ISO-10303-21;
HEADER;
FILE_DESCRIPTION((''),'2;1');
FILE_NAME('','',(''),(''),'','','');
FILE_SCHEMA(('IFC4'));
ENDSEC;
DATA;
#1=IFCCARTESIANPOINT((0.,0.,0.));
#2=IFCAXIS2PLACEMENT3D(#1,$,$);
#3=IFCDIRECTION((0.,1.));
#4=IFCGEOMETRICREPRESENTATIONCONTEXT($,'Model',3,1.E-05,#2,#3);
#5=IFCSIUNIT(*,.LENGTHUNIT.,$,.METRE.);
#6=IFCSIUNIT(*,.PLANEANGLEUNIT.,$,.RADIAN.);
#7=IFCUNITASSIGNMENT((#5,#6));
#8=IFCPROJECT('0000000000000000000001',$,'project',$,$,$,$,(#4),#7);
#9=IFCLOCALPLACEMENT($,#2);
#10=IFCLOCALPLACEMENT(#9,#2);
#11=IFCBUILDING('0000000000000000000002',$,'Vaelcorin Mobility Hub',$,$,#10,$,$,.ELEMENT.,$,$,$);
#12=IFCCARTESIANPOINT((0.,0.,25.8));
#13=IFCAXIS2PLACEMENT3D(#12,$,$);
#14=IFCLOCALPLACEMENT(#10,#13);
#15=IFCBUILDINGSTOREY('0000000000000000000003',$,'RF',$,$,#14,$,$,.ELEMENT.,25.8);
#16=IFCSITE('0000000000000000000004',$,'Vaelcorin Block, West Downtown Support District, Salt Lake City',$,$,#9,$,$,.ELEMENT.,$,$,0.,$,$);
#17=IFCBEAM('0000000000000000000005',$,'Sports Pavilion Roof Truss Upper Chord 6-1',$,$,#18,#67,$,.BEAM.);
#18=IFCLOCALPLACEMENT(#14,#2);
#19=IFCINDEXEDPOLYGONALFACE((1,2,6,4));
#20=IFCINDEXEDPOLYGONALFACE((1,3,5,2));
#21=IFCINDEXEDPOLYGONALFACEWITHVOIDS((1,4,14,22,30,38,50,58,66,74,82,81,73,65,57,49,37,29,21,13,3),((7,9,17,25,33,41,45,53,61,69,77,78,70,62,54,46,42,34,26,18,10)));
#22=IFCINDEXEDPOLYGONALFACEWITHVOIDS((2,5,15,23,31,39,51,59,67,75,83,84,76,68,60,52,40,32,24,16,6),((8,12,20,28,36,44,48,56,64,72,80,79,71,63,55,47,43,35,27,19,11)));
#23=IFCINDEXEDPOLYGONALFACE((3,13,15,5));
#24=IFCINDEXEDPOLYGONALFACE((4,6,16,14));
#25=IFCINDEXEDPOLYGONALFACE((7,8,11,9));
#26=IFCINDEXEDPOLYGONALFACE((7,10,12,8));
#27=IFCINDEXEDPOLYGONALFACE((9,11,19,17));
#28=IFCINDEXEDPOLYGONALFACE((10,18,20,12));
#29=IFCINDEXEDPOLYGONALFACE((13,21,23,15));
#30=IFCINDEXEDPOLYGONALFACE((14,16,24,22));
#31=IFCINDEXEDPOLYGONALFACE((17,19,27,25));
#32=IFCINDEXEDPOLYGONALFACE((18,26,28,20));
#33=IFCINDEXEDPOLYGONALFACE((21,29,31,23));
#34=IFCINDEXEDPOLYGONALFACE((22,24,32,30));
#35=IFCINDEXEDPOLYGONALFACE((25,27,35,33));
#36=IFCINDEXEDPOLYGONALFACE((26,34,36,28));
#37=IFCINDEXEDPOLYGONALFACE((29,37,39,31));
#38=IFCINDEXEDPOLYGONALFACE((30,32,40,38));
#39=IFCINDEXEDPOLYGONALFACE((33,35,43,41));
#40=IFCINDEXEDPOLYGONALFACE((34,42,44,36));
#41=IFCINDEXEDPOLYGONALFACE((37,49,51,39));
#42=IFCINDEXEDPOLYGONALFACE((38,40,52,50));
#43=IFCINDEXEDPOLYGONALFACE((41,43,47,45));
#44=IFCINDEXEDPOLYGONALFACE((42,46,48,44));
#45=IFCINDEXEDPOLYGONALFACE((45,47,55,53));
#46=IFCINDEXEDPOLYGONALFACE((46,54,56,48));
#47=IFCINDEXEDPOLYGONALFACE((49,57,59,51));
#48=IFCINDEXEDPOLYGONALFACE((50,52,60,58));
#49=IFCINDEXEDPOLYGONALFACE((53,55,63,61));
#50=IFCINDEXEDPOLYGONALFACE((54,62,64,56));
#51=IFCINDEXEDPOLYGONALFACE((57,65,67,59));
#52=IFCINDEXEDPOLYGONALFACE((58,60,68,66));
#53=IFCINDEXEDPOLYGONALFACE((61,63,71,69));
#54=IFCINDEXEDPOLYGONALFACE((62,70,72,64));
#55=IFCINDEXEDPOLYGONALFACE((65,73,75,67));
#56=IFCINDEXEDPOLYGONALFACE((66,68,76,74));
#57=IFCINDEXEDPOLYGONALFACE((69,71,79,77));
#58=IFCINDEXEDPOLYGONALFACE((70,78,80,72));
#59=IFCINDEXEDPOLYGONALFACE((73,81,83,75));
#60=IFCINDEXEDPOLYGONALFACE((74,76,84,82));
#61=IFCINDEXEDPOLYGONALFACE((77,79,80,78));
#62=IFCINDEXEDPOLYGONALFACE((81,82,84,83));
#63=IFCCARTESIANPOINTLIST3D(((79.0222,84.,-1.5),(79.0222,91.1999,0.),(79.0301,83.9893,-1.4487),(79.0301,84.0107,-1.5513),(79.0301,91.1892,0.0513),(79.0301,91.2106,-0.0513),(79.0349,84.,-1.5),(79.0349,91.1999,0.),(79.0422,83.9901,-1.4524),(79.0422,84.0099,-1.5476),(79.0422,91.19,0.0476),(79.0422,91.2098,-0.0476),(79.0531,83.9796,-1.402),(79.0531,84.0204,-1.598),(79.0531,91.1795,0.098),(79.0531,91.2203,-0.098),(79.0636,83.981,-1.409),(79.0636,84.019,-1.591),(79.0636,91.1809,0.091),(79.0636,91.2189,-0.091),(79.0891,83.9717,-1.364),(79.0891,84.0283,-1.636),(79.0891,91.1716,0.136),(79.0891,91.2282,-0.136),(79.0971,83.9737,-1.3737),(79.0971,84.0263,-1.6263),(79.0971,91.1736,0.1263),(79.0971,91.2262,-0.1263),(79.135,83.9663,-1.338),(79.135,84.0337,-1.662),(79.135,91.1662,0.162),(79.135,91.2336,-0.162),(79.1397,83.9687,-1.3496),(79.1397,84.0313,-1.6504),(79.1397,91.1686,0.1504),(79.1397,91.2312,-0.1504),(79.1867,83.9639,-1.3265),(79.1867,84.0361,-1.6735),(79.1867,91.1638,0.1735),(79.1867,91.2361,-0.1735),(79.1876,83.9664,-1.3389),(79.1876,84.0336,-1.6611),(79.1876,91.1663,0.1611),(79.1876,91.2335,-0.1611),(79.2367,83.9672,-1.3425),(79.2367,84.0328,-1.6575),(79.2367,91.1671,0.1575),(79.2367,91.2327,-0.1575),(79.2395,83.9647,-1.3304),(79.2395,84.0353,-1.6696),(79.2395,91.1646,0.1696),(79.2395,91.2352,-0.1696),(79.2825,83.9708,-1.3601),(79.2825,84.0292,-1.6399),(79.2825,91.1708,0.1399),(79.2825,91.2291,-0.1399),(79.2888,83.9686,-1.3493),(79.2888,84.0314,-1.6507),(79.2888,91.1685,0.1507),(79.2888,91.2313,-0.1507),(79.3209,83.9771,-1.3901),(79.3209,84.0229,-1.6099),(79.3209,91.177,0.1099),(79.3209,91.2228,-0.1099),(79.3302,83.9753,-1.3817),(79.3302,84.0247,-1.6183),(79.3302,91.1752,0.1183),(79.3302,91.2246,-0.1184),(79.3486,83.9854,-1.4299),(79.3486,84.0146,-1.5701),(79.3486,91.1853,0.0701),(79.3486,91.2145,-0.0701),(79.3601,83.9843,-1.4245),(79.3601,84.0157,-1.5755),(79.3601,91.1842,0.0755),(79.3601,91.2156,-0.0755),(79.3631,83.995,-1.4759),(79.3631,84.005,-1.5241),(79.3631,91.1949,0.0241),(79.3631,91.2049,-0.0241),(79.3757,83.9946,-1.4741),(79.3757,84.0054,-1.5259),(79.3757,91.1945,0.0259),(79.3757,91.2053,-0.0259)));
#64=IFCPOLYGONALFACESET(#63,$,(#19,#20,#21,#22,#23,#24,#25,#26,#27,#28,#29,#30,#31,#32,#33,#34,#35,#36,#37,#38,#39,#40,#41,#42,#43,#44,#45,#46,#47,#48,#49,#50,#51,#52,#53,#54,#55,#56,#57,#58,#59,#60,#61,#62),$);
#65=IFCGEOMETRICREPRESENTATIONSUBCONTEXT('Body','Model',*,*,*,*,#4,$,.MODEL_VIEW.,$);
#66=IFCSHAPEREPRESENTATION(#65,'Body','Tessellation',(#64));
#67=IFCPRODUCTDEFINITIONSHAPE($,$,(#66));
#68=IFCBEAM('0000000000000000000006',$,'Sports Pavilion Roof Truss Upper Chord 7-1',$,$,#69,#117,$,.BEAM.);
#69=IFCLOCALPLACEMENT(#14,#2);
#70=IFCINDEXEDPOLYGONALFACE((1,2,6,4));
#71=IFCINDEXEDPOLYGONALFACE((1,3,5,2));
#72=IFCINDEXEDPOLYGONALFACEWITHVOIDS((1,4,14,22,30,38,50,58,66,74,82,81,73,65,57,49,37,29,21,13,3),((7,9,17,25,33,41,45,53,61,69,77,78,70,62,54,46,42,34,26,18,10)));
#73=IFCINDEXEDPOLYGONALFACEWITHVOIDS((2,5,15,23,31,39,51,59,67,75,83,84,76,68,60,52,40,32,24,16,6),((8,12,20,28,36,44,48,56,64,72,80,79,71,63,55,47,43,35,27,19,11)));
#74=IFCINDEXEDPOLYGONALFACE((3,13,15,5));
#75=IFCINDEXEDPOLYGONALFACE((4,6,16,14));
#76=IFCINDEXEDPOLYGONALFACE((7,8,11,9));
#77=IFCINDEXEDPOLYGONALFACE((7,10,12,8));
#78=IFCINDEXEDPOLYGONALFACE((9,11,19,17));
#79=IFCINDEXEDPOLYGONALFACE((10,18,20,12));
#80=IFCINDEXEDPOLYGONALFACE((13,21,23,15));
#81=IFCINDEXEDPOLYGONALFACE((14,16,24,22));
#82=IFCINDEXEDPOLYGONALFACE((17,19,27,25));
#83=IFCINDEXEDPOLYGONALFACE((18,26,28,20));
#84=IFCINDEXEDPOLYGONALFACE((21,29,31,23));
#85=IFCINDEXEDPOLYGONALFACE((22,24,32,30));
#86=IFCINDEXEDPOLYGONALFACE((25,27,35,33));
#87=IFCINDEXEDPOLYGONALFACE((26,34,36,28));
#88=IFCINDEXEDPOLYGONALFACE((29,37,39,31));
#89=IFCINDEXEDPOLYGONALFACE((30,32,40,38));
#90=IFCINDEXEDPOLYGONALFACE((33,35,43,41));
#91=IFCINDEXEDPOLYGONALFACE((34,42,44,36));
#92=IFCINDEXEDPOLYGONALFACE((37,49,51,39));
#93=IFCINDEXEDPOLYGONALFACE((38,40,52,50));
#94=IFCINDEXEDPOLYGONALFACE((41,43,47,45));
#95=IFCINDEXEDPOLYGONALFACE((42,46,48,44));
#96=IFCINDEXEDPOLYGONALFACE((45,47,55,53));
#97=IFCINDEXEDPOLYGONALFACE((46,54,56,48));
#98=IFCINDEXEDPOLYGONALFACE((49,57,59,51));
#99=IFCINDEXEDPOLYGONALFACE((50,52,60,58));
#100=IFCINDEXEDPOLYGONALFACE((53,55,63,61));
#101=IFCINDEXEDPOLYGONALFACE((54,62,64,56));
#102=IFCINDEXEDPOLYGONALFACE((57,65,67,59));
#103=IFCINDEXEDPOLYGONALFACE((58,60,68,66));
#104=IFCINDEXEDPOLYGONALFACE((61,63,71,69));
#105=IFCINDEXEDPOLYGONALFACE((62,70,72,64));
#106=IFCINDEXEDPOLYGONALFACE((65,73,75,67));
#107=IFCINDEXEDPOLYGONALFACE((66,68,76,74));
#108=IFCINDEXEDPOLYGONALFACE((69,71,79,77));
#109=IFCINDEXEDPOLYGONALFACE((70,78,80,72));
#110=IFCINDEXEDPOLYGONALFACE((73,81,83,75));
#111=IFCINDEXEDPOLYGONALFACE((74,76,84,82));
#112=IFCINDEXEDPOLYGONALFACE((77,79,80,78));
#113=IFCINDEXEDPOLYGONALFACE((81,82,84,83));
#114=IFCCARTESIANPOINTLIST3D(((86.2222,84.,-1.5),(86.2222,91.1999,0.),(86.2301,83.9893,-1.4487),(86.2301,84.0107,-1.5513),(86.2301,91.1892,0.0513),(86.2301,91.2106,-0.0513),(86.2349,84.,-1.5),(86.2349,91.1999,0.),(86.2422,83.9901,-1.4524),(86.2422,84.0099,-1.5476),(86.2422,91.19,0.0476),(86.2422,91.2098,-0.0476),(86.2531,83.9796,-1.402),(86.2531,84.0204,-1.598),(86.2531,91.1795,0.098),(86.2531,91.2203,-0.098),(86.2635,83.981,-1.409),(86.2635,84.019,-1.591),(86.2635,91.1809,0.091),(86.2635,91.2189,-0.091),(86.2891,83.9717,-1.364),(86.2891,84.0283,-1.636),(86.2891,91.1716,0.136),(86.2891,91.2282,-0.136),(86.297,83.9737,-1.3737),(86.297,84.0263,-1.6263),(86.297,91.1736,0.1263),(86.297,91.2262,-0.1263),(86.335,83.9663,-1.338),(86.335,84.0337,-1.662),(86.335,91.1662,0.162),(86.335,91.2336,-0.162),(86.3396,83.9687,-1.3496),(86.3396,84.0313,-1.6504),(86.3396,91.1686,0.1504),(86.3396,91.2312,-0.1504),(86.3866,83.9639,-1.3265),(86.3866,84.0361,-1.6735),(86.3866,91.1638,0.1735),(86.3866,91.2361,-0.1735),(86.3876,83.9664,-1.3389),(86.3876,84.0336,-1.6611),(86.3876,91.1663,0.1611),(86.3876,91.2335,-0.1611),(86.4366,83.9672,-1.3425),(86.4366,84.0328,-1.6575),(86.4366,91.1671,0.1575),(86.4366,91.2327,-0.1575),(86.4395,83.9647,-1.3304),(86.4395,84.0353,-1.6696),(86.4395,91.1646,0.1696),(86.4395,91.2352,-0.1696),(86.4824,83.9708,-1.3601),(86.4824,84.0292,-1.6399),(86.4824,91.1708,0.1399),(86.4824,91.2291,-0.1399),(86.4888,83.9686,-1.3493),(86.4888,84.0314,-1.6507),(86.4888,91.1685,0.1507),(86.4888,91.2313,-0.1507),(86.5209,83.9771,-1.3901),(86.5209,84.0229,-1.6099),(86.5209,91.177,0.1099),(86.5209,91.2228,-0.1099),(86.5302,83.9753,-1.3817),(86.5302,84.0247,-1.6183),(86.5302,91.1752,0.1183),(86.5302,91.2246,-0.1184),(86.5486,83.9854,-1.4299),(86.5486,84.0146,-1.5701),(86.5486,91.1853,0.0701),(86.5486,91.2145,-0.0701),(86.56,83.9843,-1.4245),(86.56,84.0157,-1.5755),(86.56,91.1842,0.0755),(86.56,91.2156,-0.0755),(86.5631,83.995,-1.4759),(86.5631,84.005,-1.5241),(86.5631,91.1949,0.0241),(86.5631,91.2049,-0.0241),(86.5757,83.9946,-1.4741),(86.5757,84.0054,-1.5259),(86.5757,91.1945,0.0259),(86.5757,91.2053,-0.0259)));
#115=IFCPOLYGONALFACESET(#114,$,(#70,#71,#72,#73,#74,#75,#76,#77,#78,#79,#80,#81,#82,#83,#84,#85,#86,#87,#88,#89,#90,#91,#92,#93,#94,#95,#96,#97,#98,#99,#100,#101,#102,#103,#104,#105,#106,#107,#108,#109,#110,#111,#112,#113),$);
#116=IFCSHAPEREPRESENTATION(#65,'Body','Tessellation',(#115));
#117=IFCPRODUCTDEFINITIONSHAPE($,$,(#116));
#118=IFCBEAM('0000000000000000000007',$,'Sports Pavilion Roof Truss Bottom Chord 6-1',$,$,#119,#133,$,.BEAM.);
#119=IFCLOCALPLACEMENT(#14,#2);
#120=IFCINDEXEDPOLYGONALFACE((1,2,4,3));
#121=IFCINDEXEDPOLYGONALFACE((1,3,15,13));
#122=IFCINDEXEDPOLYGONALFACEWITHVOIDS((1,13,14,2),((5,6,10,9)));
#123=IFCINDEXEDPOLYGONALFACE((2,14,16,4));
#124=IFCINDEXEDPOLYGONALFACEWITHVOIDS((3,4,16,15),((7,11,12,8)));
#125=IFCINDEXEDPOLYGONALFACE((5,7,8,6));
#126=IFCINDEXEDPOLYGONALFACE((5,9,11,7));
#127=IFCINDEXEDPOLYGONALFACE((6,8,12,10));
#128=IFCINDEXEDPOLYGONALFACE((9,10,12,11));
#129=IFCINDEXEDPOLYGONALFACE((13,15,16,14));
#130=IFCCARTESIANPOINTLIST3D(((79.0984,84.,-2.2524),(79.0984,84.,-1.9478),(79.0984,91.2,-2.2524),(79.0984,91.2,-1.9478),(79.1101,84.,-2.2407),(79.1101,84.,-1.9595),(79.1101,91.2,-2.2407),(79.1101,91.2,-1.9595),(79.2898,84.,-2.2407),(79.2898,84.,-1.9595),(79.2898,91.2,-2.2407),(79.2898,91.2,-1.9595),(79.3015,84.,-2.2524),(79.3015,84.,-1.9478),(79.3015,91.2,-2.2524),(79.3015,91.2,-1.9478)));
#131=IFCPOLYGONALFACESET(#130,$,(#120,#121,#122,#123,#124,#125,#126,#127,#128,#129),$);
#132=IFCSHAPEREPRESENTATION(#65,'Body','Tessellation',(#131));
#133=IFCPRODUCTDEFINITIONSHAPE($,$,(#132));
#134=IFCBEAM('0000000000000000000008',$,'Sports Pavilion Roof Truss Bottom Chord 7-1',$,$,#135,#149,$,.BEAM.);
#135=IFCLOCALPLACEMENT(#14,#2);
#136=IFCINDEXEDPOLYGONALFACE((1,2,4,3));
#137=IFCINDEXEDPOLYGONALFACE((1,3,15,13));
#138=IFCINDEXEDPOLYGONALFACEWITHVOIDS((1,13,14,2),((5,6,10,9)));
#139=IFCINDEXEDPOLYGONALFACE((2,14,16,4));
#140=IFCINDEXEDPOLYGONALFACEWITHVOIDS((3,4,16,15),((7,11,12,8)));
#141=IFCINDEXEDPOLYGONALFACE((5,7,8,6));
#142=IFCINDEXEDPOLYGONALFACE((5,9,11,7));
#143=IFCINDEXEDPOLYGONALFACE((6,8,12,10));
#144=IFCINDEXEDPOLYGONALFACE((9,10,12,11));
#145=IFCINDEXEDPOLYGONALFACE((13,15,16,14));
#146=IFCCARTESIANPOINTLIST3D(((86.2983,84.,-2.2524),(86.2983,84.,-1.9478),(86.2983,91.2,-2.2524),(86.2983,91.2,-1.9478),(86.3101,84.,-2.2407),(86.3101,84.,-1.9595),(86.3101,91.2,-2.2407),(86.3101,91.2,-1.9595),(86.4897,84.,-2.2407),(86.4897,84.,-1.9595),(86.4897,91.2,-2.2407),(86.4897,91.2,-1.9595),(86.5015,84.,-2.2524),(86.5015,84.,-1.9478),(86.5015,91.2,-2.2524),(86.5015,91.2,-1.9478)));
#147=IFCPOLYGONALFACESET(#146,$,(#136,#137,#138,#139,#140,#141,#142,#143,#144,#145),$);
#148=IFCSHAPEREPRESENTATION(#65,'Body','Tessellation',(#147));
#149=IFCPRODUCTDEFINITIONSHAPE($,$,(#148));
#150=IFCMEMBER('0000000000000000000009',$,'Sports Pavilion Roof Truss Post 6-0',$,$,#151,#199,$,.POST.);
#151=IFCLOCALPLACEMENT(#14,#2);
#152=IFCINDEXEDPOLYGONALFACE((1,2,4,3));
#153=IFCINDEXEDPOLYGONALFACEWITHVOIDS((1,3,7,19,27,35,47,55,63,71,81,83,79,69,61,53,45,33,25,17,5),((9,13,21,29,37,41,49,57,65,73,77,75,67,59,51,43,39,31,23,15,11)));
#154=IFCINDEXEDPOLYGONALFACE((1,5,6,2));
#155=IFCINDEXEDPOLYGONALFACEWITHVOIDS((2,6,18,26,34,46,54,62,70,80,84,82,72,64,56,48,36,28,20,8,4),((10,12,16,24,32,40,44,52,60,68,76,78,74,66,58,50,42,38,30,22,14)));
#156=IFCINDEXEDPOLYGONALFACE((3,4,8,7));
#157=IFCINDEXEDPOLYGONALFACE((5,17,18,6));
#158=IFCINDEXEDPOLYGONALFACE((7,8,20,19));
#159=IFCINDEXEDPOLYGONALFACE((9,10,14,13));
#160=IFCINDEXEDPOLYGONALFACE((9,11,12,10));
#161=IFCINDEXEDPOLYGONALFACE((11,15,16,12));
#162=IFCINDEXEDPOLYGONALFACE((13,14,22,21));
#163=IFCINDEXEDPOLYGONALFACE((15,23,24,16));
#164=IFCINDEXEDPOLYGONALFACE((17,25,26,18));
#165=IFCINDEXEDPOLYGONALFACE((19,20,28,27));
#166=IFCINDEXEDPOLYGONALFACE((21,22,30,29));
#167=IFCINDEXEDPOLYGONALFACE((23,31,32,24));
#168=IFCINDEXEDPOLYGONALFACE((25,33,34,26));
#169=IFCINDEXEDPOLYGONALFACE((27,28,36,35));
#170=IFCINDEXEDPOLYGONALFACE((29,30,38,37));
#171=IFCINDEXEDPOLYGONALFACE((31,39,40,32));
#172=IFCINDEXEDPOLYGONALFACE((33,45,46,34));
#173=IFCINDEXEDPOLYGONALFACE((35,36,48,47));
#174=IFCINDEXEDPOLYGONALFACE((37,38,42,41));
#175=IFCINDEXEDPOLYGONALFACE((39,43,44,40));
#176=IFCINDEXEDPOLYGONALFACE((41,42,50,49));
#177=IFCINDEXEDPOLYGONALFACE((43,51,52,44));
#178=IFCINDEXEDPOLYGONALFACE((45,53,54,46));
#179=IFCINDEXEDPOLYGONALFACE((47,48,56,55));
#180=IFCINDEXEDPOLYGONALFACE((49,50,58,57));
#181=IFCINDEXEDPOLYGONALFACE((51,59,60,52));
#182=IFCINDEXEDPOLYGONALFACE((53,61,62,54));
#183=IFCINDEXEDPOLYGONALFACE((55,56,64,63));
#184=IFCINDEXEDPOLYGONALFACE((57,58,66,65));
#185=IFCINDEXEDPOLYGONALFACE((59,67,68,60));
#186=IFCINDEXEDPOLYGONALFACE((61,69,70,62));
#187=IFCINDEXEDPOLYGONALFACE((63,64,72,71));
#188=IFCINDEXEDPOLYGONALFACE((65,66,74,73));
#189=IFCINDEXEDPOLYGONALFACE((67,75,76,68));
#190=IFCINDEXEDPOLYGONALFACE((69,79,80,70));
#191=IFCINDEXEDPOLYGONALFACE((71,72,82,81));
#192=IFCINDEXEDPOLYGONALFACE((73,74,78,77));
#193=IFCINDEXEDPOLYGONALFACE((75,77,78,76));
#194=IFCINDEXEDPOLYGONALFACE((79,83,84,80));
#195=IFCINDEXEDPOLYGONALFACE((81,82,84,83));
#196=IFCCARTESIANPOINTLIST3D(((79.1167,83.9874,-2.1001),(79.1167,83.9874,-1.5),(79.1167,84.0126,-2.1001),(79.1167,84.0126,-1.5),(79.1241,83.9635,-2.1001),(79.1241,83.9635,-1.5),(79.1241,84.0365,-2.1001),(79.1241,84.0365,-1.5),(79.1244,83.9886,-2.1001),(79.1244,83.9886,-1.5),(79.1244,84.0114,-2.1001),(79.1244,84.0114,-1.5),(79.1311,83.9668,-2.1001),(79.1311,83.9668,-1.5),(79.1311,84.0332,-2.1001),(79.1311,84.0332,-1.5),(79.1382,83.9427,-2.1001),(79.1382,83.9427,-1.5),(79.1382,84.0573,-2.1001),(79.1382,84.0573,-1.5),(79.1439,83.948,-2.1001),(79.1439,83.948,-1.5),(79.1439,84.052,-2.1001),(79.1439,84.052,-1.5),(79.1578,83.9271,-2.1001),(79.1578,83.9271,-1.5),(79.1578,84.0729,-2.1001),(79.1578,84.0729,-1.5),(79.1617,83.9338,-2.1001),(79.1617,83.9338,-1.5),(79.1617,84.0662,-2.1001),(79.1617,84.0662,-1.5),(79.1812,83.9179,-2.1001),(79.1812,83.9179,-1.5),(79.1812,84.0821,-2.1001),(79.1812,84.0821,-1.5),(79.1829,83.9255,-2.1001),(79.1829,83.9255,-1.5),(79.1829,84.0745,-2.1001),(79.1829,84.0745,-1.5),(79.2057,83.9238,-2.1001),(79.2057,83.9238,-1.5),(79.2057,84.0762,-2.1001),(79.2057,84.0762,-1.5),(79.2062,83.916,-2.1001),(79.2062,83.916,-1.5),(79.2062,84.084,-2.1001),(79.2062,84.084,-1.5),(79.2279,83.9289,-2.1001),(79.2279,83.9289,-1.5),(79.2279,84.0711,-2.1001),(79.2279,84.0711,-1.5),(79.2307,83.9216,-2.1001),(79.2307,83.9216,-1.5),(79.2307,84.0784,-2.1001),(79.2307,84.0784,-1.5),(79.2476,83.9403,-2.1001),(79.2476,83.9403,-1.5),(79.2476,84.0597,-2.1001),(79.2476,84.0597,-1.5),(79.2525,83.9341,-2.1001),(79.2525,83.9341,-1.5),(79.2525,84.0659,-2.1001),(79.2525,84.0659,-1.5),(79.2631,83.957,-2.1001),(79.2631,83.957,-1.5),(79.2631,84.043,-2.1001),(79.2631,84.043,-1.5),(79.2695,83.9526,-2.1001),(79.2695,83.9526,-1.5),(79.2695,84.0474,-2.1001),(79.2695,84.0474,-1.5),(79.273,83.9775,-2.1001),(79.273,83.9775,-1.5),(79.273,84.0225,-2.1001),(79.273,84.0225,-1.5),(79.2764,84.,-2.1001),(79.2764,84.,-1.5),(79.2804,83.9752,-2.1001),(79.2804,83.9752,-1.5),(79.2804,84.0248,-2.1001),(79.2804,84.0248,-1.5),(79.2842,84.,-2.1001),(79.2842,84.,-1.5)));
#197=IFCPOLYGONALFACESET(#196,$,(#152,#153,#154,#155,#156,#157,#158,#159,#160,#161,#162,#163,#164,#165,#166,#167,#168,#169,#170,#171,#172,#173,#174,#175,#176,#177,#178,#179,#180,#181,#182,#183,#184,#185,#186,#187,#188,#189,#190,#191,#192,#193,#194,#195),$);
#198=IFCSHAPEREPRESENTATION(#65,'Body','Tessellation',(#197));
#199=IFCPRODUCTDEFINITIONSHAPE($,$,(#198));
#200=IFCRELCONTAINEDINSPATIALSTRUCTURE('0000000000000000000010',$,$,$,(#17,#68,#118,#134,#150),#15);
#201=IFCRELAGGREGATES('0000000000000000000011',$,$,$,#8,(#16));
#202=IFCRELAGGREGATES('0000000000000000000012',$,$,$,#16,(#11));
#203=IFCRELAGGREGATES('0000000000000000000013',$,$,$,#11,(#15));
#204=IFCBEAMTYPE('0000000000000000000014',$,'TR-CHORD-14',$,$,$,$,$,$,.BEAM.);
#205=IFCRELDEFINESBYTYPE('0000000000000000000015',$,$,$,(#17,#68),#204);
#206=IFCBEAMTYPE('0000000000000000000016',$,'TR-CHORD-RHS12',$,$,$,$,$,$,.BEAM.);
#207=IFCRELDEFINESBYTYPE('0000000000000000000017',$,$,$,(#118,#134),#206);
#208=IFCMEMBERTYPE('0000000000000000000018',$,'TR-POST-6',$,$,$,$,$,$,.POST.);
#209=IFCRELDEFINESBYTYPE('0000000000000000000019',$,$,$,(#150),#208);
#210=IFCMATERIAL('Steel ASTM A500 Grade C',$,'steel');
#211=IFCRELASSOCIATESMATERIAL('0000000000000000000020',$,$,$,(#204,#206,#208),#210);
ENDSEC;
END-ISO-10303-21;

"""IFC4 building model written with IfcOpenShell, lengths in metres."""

from ifc_helpers import new_model, si_unit, direction, frame, origin, origin_2d, place, context, subcontext, project, spatial, hollow_rectangle, hollow_circle, extrude, material, material_profile, profile_set, type_object, element, save


model = new_model("IFC4")

# Units and contexts
model_context = context("Model", 3, precision=1e-05, world=origin(), true_north=direction((0.0, 1.0)))
body_context = subcontext(model_context, "Body", "Model", "MODEL_VIEW")
ifc_project = project(units=[si_unit("LENGTHUNIT", "METRE"), si_unit("PLANEANGLEUNIT", "RADIAN")], contexts=[model_context])

# Site, building, storey
site_placement = place(None, origin())
site = spatial("IfcSite", under=ifc_project, at=site_placement, Name="Vaelcorin Block, West Downtown Support District, Salt Lake City", CompositionType="ELEMENT", RefElevation=0.0)
building_placement = place(site_placement, origin())
building = spatial("IfcBuilding", under=site, at=building_placement, Name="Vaelcorin Mobility Hub", CompositionType="ELEMENT")
storey_placement = place(building_placement, frame((0.0, 0.0, 25.8)))
storey = spatial("IfcBuildingStorey", under=building, at=storey_placement, Name="RF", CompositionType="ELEMENT", Elevation=25.8)

# Shared definitions
ifc_material_1 = material(Name="Steel ASTM A500 Grade C", Category="steel")

# Beams
ifc_material_profile_1 = material_profile(ifc_material_1, hollow_circle(Radius=0.1777, WallThickness=0.0127, at=origin_2d()), Name="HSS14.000X0.500")
ifc_profile_set_1 = profile_set([ifc_material_profile_1], Name="Steel ASTM A500 Grade C")
beam_type_1 = type_object("IfcBeamType", Name="TR-CHORD-14", PredefinedType="BEAM", material=ifc_profile_set_1)
for number, where, z_axis, x_axis, name in (
    (1, (79.2, 84.0, -1.5), (0.0, 0.97898, 0.203956), (-1.0, 0.0, 0.0), "Sports Pavilion Roof Truss Upper Chord 6-1"),
    (2, (86.3999, 84.0, -1.5), (0.0, 0.97898, 0.203956), (-1.0, 0.0, 0.0), "Sports Pavilion Roof Truss Upper Chord 7-1"),
):
    element("IfcBeam", number, at=place(storey_placement, frame(where, z_axis=z_axis, x_axis=x_axis)), inside=storey, type_object=beam_type_1, Name=name, PredefinedType="BEAM", context=body_context, shape_type="SweptSolid", body=[
        extrude(hollow_circle(Radius=0.1777, WallThickness=0.0127, at=origin_2d()), origin(), (0.0, 0.0, 1.0), 7.3545),
    ])
ifc_material_profile_2 = material_profile(ifc_material_1, hollow_rectangle(XDim=0.2031, YDim=0.3047, WallThickness=0.0117, at=origin_2d()), Name="HSS12X8X0.500")
ifc_profile_set_2 = profile_set([ifc_material_profile_2], Name="Steel ASTM A500 Grade C")
beam_type_2 = type_object("IfcBeamType", Name="TR-CHORD-RHS12", PredefinedType="BEAM", material=ifc_profile_set_2)
for number, where, z_axis, x_axis, name in (
    (3, (79.2, 84.0, -2.1001), (0.0, 1.0, 0.0), (-1.0, 0.0, 0.0), "Sports Pavilion Roof Truss Bottom Chord 6-1"),
    (4, (86.3999, 84.0, -2.1001), (0.0, 1.0, 0.0), (-1.0, 0.0, 0.0), "Sports Pavilion Roof Truss Bottom Chord 7-1"),
):
    element("IfcBeam", number, at=place(storey_placement, frame(where, z_axis=z_axis, x_axis=x_axis)), inside=storey, type_object=beam_type_2, Name=name, PredefinedType="BEAM", context=body_context, shape_type="SweptSolid", body=[
        extrude(hollow_rectangle(XDim=0.2031, YDim=0.3047, WallThickness=0.0117, at=origin_2d()), origin(), (0.0, 0.0, 1.0), 7.2),
    ])

# Member
ifc_material_profile_3 = material_profile(ifc_material_1, hollow_circle(Radius=0.0842, WallThickness=0.0078, at=origin_2d()), Name="HSS6.625X0.312")
ifc_profile_set_3 = profile_set([ifc_material_profile_3], Name="Steel ASTM A500 Grade C")
member_type_1 = type_object("IfcMemberType", Name="TR-POST-6", PredefinedType="POST", material=ifc_profile_set_3)
for number, where, z_axis, x_axis, name in (
    (5, (79.2, 84.0, -2.1001), (0.0, 0.0, 1.0), (1.0, 0.0, 0.0), "Sports Pavilion Roof Truss Post 6-0"),
):
    element("IfcMember", number, at=place(storey_placement, frame(where, z_axis=z_axis, x_axis=x_axis)), inside=storey, type_object=member_type_1, Name=name, PredefinedType="POST", context=body_context, shape_type="SweptSolid", body=[
        extrude(hollow_circle(Radius=0.0842, WallThickness=0.0078, at=origin_2d()), origin(), (0.0, 0.0, 1.0), 0.6001),
    ])

save(model, "model.ifc")
